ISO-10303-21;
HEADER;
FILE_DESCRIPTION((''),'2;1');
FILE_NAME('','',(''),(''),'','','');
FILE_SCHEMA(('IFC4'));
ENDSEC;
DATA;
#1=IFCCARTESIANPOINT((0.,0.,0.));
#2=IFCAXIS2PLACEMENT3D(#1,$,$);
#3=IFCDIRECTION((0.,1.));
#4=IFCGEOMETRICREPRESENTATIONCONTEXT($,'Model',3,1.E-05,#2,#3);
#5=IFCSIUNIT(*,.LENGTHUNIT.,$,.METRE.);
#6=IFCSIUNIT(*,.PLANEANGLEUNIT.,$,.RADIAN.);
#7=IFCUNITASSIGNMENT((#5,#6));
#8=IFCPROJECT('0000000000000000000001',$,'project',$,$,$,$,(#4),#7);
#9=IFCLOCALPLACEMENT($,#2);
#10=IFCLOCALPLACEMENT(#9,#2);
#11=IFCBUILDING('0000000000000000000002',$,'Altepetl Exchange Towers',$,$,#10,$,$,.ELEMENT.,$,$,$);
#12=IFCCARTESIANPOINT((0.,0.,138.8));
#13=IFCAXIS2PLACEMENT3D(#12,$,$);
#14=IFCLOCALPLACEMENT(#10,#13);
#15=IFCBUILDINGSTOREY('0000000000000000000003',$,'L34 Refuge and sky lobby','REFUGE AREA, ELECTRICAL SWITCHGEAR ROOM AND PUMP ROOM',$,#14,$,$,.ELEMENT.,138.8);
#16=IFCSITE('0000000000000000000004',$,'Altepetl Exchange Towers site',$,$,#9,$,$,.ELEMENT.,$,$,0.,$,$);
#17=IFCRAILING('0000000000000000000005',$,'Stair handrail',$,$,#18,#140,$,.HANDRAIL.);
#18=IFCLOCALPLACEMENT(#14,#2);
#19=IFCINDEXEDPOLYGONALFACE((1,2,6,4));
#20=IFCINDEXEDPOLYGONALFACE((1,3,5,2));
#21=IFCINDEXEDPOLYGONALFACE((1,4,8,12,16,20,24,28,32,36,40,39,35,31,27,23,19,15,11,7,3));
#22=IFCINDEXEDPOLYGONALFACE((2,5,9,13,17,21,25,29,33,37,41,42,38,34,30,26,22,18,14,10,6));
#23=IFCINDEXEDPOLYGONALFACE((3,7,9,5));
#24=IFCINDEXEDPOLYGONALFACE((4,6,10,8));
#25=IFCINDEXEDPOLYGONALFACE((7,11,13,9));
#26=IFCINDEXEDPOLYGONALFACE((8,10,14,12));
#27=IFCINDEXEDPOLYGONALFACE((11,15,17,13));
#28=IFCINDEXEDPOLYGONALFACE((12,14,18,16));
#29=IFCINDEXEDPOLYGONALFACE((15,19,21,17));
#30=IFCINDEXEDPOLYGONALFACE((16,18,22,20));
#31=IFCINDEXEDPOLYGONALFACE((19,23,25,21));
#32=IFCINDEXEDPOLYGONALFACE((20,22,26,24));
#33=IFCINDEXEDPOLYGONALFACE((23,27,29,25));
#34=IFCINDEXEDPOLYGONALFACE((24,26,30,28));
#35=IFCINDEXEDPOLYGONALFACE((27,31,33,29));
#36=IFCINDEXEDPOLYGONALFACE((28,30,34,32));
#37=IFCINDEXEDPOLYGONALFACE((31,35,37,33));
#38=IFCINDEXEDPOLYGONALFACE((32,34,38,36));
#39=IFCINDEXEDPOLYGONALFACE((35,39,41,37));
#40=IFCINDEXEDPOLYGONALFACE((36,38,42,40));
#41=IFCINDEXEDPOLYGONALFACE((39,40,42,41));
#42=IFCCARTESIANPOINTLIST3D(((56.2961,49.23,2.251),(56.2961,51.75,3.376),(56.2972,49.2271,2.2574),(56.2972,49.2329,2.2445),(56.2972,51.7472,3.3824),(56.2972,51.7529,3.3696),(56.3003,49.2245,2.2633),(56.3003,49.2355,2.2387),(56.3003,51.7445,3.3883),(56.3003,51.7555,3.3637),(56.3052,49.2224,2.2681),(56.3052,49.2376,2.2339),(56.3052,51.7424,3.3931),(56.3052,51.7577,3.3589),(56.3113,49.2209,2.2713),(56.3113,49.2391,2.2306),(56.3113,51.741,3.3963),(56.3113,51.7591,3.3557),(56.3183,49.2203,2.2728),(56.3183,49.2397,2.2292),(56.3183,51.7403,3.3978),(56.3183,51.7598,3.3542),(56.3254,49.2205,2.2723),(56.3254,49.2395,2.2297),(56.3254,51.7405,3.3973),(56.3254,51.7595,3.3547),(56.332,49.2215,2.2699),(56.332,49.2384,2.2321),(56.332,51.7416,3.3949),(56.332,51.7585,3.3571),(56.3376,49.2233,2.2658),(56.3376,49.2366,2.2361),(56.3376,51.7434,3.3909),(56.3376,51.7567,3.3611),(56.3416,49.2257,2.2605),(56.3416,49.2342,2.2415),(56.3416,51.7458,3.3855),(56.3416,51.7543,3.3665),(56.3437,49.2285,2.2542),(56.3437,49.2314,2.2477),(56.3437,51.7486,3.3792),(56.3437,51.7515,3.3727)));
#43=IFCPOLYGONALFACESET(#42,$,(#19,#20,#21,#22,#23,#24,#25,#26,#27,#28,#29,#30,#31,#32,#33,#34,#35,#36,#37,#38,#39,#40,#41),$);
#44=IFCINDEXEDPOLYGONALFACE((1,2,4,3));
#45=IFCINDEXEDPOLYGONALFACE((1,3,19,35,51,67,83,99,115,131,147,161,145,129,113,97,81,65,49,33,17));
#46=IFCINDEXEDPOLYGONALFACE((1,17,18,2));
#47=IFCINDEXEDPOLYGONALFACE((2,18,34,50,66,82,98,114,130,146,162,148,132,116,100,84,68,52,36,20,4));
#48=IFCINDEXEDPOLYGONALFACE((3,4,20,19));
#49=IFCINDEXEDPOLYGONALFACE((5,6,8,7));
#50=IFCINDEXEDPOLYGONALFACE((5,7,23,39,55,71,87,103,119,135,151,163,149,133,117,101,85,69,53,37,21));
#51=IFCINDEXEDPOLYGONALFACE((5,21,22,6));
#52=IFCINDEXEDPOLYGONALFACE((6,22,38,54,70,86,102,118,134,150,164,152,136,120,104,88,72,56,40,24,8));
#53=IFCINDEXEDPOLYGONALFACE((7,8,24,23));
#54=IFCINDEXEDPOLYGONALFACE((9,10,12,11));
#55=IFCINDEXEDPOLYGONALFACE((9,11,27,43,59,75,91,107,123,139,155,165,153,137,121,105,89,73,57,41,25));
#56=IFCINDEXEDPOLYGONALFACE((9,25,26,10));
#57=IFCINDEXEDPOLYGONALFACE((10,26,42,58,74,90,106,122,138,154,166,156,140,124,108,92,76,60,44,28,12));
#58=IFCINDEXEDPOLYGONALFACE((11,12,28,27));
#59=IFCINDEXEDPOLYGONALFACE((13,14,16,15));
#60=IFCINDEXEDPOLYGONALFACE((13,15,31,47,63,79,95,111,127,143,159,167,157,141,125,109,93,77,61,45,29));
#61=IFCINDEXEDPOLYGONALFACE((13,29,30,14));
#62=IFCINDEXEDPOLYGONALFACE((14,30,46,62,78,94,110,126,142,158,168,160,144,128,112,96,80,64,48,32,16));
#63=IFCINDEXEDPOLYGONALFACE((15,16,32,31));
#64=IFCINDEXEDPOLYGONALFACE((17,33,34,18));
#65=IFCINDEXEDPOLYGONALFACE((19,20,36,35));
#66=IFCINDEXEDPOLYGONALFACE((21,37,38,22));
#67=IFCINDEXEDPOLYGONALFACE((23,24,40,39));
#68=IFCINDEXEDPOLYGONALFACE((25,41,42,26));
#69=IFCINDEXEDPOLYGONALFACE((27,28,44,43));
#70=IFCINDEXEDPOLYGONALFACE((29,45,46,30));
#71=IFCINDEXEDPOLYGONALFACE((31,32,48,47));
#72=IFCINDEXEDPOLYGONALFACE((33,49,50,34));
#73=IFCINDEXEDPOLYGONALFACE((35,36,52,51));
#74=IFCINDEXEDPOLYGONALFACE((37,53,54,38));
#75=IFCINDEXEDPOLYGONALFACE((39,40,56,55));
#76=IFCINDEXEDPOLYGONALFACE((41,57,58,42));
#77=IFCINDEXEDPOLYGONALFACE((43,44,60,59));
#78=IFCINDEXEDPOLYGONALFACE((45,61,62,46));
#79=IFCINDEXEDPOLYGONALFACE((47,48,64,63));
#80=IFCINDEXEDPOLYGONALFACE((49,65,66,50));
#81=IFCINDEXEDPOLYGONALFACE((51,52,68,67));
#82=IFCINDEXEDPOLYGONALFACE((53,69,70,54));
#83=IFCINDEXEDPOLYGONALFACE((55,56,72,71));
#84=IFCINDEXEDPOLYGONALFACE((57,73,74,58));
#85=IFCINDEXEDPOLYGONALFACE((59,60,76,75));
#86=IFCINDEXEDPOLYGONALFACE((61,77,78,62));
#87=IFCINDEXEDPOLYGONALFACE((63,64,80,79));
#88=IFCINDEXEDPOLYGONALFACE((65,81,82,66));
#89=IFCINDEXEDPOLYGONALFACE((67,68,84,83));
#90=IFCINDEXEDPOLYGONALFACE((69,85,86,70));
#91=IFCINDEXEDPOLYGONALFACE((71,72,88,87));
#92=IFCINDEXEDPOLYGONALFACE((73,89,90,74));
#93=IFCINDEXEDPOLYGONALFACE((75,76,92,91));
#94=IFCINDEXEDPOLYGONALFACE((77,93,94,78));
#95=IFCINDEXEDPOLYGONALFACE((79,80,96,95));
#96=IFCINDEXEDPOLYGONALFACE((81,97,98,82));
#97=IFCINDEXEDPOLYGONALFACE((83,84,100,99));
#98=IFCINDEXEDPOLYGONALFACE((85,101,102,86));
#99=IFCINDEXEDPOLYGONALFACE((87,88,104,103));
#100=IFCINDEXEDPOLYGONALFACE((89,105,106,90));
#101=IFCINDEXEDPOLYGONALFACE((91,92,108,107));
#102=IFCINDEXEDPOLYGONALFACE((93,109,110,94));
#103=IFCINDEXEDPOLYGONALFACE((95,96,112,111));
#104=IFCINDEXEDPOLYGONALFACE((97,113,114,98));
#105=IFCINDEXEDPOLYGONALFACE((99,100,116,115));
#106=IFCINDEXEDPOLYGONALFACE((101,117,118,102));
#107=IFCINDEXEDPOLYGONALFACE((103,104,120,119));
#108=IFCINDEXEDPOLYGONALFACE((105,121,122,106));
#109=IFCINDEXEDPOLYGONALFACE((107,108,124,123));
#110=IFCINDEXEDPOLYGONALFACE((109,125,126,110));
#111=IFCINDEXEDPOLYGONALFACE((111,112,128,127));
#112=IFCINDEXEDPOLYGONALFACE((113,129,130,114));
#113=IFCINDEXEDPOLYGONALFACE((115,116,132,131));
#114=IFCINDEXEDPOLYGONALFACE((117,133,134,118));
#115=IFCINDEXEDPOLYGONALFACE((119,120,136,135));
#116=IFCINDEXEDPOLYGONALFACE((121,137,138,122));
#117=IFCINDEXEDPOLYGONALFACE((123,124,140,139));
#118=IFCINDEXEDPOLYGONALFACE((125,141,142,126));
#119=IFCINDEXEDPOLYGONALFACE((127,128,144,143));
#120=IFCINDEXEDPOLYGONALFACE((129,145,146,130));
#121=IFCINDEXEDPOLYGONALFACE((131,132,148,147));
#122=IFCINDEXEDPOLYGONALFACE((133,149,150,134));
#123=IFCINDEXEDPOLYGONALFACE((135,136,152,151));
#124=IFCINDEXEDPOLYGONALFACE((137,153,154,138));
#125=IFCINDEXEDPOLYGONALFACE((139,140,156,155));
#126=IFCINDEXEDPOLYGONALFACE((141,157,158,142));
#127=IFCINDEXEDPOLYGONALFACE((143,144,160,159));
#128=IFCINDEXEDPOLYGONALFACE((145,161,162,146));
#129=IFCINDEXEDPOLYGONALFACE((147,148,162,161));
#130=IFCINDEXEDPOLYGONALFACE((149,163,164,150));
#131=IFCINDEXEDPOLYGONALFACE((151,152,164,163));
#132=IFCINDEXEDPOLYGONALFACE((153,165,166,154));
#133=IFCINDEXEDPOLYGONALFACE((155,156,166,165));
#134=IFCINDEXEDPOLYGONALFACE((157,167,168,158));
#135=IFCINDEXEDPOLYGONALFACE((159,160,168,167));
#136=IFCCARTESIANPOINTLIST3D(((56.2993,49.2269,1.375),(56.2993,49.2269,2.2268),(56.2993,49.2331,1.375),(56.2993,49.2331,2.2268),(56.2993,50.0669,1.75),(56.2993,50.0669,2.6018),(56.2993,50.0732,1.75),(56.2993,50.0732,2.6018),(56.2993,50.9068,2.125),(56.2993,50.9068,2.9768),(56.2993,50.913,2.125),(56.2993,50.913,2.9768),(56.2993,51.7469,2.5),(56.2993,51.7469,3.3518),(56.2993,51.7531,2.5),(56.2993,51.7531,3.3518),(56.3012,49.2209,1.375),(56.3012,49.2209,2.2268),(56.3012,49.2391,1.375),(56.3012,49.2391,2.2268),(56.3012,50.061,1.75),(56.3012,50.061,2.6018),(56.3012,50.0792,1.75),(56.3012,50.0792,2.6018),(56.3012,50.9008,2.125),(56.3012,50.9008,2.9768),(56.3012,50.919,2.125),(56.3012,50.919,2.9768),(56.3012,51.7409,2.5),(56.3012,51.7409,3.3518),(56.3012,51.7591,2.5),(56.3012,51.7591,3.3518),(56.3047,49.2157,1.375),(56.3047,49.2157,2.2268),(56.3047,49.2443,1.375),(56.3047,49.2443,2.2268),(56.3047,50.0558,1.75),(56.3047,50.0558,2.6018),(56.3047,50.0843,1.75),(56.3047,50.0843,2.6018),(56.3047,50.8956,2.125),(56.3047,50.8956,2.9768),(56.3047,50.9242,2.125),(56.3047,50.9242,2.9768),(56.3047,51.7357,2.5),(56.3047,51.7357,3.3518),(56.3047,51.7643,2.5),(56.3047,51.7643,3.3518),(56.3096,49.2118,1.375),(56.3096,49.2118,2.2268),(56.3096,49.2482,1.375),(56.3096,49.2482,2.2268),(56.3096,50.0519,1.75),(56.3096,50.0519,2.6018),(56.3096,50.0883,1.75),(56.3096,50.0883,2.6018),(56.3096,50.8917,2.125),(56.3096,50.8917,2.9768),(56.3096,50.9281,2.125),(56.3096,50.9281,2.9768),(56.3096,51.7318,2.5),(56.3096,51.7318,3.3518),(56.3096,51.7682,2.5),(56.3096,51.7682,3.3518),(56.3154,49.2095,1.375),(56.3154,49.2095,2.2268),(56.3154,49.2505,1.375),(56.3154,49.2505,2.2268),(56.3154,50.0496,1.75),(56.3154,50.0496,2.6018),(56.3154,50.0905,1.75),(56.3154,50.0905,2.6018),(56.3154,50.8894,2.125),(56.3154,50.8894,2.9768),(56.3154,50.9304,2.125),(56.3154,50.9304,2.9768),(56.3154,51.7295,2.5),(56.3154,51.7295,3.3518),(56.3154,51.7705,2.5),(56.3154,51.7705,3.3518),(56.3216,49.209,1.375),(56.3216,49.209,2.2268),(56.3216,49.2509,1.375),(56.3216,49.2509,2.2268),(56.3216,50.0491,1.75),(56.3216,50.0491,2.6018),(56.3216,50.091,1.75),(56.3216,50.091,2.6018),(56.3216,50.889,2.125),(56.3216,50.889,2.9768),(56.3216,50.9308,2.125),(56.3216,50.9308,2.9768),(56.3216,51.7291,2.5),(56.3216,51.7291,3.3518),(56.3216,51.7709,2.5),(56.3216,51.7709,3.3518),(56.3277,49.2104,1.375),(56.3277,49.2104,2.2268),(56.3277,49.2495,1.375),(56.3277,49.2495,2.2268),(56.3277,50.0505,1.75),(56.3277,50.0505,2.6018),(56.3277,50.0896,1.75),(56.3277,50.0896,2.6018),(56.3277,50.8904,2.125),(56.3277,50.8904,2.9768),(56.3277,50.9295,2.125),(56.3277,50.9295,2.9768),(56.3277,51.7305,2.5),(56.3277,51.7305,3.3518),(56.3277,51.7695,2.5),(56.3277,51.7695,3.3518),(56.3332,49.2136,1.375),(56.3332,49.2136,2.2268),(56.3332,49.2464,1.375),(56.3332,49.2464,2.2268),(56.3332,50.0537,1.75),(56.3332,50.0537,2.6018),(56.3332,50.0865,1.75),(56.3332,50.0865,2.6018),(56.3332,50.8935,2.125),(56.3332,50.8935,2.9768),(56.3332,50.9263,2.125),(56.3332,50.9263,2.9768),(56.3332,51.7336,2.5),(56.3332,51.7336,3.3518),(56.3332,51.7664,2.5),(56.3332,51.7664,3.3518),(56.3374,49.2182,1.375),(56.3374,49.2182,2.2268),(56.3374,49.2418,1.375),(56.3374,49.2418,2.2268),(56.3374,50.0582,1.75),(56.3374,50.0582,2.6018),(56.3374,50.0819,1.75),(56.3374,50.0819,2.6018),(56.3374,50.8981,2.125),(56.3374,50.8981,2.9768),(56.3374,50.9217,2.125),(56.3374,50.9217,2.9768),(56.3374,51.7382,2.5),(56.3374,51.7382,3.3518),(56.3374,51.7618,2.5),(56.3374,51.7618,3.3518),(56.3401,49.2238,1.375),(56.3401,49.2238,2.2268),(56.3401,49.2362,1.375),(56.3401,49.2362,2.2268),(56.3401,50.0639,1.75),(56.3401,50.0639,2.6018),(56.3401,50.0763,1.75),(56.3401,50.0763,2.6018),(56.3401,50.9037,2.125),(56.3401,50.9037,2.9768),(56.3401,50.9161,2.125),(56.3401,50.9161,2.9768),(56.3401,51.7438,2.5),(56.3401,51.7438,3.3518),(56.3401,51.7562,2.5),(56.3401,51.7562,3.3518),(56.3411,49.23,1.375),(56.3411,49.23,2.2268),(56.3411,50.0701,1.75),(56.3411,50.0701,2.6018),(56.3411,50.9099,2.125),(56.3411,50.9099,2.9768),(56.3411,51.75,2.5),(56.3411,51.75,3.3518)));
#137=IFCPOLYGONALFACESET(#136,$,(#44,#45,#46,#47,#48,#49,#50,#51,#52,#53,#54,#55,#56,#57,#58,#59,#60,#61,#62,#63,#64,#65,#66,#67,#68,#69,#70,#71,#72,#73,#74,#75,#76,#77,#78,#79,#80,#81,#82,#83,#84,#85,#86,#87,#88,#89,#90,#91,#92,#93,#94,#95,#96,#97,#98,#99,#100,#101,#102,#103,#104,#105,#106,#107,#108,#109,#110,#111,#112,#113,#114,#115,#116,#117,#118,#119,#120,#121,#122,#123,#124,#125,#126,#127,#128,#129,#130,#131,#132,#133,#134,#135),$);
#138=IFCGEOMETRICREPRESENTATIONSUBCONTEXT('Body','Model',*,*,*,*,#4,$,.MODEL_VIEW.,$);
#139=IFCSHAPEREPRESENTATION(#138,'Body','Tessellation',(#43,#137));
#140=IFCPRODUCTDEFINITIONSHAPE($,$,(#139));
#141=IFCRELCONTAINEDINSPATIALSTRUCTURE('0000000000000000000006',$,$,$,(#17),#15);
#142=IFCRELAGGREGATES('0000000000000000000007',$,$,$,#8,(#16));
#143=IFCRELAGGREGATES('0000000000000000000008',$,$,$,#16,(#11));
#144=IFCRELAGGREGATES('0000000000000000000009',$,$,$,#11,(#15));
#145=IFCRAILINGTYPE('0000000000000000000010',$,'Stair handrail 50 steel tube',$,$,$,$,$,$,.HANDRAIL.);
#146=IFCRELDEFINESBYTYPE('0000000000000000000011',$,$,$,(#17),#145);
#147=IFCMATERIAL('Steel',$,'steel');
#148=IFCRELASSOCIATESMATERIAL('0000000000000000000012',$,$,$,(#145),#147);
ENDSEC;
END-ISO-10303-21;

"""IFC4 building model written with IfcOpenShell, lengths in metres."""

from ifc_helpers import new_model, si_unit, direction, frame, origin, origin_2d, place, context, subcontext, project, spatial, circle, extrude, source, transform, mapped, material, type_object, element, save


model = new_model("IFC4")

# Units and contexts
model_context = context("Model", 3, precision=1e-05, world=origin(), true_north=direction((0.0, 1.0)))
body_context = subcontext(model_context, "Body", "Model", "MODEL_VIEW")
ifc_project = project(units=[si_unit("LENGTHUNIT", "METRE"), si_unit("PLANEANGLEUNIT", "RADIAN")], contexts=[model_context])

# Site, building, storey
site_placement = place(None, origin())
site = spatial("IfcSite", under=ifc_project, at=site_placement, Name="Altepetl Exchange Towers site", CompositionType="ELEMENT", RefElevation=0.0)
building_placement = place(site_placement, origin())
building = spatial("IfcBuilding", under=site, at=building_placement, Name="Altepetl Exchange Towers", CompositionType="ELEMENT")
storey_placement = place(building_placement, frame((0.0, 0.0, 138.8)))
storey = spatial("IfcBuildingStorey", under=building, at=storey_placement, Name="L34 Refuge and sky lobby", Description="REFUGE AREA, ELECTRICAL SWITCHGEAR ROOM AND PUMP ROOM", CompositionType="ELEMENT", Elevation=138.8)

# Railing
ifc_material_1 = material(Name="Steel", Category="steel")
railing_type = type_object("IfcRailingType", Name="Stair handrail 50 steel tube", PredefinedType="HANDRAIL", material=ifc_material_1)
shared_shape = source(origin(), body_context, "Body", "SweptSolid", [
    extrude(circle(Radius=0.021, at=origin_2d()), origin(), (0.0, 0.0, 1.0), 0.8518),
])
for number, where, name in (
    (1, (56.3201, 49.23, 1.375), "Stair handrail"),
):
    element("IfcRailing", number, at=place(storey_placement, frame(where)), inside=storey, type_object=railing_type, Name=name, PredefinedType="HANDRAIL", context=body_context, shape_type="SweptSolid", body=[
        extrude(circle(Radius=0.0239, at=origin_2d()), frame((0.0, 0.0, 0.876), z_axis=(0.0, 0.913139, 0.407648), x_axis=(-1.0, 0.0, 0.0)), (0.0, 0.0, 1.0), 2.7598),
        mapped(shared_shape, transform((0.0, 0.0, 0.0))),
        mapped(shared_shape, transform((0.0, 0.8401, 0.375))),
        mapped(shared_shape, transform((0.0, 1.6799, 0.75))),
        mapped(shared_shape, transform((0.0, 2.52, 1.125))),
    ])

save(model, "model.ifc")
